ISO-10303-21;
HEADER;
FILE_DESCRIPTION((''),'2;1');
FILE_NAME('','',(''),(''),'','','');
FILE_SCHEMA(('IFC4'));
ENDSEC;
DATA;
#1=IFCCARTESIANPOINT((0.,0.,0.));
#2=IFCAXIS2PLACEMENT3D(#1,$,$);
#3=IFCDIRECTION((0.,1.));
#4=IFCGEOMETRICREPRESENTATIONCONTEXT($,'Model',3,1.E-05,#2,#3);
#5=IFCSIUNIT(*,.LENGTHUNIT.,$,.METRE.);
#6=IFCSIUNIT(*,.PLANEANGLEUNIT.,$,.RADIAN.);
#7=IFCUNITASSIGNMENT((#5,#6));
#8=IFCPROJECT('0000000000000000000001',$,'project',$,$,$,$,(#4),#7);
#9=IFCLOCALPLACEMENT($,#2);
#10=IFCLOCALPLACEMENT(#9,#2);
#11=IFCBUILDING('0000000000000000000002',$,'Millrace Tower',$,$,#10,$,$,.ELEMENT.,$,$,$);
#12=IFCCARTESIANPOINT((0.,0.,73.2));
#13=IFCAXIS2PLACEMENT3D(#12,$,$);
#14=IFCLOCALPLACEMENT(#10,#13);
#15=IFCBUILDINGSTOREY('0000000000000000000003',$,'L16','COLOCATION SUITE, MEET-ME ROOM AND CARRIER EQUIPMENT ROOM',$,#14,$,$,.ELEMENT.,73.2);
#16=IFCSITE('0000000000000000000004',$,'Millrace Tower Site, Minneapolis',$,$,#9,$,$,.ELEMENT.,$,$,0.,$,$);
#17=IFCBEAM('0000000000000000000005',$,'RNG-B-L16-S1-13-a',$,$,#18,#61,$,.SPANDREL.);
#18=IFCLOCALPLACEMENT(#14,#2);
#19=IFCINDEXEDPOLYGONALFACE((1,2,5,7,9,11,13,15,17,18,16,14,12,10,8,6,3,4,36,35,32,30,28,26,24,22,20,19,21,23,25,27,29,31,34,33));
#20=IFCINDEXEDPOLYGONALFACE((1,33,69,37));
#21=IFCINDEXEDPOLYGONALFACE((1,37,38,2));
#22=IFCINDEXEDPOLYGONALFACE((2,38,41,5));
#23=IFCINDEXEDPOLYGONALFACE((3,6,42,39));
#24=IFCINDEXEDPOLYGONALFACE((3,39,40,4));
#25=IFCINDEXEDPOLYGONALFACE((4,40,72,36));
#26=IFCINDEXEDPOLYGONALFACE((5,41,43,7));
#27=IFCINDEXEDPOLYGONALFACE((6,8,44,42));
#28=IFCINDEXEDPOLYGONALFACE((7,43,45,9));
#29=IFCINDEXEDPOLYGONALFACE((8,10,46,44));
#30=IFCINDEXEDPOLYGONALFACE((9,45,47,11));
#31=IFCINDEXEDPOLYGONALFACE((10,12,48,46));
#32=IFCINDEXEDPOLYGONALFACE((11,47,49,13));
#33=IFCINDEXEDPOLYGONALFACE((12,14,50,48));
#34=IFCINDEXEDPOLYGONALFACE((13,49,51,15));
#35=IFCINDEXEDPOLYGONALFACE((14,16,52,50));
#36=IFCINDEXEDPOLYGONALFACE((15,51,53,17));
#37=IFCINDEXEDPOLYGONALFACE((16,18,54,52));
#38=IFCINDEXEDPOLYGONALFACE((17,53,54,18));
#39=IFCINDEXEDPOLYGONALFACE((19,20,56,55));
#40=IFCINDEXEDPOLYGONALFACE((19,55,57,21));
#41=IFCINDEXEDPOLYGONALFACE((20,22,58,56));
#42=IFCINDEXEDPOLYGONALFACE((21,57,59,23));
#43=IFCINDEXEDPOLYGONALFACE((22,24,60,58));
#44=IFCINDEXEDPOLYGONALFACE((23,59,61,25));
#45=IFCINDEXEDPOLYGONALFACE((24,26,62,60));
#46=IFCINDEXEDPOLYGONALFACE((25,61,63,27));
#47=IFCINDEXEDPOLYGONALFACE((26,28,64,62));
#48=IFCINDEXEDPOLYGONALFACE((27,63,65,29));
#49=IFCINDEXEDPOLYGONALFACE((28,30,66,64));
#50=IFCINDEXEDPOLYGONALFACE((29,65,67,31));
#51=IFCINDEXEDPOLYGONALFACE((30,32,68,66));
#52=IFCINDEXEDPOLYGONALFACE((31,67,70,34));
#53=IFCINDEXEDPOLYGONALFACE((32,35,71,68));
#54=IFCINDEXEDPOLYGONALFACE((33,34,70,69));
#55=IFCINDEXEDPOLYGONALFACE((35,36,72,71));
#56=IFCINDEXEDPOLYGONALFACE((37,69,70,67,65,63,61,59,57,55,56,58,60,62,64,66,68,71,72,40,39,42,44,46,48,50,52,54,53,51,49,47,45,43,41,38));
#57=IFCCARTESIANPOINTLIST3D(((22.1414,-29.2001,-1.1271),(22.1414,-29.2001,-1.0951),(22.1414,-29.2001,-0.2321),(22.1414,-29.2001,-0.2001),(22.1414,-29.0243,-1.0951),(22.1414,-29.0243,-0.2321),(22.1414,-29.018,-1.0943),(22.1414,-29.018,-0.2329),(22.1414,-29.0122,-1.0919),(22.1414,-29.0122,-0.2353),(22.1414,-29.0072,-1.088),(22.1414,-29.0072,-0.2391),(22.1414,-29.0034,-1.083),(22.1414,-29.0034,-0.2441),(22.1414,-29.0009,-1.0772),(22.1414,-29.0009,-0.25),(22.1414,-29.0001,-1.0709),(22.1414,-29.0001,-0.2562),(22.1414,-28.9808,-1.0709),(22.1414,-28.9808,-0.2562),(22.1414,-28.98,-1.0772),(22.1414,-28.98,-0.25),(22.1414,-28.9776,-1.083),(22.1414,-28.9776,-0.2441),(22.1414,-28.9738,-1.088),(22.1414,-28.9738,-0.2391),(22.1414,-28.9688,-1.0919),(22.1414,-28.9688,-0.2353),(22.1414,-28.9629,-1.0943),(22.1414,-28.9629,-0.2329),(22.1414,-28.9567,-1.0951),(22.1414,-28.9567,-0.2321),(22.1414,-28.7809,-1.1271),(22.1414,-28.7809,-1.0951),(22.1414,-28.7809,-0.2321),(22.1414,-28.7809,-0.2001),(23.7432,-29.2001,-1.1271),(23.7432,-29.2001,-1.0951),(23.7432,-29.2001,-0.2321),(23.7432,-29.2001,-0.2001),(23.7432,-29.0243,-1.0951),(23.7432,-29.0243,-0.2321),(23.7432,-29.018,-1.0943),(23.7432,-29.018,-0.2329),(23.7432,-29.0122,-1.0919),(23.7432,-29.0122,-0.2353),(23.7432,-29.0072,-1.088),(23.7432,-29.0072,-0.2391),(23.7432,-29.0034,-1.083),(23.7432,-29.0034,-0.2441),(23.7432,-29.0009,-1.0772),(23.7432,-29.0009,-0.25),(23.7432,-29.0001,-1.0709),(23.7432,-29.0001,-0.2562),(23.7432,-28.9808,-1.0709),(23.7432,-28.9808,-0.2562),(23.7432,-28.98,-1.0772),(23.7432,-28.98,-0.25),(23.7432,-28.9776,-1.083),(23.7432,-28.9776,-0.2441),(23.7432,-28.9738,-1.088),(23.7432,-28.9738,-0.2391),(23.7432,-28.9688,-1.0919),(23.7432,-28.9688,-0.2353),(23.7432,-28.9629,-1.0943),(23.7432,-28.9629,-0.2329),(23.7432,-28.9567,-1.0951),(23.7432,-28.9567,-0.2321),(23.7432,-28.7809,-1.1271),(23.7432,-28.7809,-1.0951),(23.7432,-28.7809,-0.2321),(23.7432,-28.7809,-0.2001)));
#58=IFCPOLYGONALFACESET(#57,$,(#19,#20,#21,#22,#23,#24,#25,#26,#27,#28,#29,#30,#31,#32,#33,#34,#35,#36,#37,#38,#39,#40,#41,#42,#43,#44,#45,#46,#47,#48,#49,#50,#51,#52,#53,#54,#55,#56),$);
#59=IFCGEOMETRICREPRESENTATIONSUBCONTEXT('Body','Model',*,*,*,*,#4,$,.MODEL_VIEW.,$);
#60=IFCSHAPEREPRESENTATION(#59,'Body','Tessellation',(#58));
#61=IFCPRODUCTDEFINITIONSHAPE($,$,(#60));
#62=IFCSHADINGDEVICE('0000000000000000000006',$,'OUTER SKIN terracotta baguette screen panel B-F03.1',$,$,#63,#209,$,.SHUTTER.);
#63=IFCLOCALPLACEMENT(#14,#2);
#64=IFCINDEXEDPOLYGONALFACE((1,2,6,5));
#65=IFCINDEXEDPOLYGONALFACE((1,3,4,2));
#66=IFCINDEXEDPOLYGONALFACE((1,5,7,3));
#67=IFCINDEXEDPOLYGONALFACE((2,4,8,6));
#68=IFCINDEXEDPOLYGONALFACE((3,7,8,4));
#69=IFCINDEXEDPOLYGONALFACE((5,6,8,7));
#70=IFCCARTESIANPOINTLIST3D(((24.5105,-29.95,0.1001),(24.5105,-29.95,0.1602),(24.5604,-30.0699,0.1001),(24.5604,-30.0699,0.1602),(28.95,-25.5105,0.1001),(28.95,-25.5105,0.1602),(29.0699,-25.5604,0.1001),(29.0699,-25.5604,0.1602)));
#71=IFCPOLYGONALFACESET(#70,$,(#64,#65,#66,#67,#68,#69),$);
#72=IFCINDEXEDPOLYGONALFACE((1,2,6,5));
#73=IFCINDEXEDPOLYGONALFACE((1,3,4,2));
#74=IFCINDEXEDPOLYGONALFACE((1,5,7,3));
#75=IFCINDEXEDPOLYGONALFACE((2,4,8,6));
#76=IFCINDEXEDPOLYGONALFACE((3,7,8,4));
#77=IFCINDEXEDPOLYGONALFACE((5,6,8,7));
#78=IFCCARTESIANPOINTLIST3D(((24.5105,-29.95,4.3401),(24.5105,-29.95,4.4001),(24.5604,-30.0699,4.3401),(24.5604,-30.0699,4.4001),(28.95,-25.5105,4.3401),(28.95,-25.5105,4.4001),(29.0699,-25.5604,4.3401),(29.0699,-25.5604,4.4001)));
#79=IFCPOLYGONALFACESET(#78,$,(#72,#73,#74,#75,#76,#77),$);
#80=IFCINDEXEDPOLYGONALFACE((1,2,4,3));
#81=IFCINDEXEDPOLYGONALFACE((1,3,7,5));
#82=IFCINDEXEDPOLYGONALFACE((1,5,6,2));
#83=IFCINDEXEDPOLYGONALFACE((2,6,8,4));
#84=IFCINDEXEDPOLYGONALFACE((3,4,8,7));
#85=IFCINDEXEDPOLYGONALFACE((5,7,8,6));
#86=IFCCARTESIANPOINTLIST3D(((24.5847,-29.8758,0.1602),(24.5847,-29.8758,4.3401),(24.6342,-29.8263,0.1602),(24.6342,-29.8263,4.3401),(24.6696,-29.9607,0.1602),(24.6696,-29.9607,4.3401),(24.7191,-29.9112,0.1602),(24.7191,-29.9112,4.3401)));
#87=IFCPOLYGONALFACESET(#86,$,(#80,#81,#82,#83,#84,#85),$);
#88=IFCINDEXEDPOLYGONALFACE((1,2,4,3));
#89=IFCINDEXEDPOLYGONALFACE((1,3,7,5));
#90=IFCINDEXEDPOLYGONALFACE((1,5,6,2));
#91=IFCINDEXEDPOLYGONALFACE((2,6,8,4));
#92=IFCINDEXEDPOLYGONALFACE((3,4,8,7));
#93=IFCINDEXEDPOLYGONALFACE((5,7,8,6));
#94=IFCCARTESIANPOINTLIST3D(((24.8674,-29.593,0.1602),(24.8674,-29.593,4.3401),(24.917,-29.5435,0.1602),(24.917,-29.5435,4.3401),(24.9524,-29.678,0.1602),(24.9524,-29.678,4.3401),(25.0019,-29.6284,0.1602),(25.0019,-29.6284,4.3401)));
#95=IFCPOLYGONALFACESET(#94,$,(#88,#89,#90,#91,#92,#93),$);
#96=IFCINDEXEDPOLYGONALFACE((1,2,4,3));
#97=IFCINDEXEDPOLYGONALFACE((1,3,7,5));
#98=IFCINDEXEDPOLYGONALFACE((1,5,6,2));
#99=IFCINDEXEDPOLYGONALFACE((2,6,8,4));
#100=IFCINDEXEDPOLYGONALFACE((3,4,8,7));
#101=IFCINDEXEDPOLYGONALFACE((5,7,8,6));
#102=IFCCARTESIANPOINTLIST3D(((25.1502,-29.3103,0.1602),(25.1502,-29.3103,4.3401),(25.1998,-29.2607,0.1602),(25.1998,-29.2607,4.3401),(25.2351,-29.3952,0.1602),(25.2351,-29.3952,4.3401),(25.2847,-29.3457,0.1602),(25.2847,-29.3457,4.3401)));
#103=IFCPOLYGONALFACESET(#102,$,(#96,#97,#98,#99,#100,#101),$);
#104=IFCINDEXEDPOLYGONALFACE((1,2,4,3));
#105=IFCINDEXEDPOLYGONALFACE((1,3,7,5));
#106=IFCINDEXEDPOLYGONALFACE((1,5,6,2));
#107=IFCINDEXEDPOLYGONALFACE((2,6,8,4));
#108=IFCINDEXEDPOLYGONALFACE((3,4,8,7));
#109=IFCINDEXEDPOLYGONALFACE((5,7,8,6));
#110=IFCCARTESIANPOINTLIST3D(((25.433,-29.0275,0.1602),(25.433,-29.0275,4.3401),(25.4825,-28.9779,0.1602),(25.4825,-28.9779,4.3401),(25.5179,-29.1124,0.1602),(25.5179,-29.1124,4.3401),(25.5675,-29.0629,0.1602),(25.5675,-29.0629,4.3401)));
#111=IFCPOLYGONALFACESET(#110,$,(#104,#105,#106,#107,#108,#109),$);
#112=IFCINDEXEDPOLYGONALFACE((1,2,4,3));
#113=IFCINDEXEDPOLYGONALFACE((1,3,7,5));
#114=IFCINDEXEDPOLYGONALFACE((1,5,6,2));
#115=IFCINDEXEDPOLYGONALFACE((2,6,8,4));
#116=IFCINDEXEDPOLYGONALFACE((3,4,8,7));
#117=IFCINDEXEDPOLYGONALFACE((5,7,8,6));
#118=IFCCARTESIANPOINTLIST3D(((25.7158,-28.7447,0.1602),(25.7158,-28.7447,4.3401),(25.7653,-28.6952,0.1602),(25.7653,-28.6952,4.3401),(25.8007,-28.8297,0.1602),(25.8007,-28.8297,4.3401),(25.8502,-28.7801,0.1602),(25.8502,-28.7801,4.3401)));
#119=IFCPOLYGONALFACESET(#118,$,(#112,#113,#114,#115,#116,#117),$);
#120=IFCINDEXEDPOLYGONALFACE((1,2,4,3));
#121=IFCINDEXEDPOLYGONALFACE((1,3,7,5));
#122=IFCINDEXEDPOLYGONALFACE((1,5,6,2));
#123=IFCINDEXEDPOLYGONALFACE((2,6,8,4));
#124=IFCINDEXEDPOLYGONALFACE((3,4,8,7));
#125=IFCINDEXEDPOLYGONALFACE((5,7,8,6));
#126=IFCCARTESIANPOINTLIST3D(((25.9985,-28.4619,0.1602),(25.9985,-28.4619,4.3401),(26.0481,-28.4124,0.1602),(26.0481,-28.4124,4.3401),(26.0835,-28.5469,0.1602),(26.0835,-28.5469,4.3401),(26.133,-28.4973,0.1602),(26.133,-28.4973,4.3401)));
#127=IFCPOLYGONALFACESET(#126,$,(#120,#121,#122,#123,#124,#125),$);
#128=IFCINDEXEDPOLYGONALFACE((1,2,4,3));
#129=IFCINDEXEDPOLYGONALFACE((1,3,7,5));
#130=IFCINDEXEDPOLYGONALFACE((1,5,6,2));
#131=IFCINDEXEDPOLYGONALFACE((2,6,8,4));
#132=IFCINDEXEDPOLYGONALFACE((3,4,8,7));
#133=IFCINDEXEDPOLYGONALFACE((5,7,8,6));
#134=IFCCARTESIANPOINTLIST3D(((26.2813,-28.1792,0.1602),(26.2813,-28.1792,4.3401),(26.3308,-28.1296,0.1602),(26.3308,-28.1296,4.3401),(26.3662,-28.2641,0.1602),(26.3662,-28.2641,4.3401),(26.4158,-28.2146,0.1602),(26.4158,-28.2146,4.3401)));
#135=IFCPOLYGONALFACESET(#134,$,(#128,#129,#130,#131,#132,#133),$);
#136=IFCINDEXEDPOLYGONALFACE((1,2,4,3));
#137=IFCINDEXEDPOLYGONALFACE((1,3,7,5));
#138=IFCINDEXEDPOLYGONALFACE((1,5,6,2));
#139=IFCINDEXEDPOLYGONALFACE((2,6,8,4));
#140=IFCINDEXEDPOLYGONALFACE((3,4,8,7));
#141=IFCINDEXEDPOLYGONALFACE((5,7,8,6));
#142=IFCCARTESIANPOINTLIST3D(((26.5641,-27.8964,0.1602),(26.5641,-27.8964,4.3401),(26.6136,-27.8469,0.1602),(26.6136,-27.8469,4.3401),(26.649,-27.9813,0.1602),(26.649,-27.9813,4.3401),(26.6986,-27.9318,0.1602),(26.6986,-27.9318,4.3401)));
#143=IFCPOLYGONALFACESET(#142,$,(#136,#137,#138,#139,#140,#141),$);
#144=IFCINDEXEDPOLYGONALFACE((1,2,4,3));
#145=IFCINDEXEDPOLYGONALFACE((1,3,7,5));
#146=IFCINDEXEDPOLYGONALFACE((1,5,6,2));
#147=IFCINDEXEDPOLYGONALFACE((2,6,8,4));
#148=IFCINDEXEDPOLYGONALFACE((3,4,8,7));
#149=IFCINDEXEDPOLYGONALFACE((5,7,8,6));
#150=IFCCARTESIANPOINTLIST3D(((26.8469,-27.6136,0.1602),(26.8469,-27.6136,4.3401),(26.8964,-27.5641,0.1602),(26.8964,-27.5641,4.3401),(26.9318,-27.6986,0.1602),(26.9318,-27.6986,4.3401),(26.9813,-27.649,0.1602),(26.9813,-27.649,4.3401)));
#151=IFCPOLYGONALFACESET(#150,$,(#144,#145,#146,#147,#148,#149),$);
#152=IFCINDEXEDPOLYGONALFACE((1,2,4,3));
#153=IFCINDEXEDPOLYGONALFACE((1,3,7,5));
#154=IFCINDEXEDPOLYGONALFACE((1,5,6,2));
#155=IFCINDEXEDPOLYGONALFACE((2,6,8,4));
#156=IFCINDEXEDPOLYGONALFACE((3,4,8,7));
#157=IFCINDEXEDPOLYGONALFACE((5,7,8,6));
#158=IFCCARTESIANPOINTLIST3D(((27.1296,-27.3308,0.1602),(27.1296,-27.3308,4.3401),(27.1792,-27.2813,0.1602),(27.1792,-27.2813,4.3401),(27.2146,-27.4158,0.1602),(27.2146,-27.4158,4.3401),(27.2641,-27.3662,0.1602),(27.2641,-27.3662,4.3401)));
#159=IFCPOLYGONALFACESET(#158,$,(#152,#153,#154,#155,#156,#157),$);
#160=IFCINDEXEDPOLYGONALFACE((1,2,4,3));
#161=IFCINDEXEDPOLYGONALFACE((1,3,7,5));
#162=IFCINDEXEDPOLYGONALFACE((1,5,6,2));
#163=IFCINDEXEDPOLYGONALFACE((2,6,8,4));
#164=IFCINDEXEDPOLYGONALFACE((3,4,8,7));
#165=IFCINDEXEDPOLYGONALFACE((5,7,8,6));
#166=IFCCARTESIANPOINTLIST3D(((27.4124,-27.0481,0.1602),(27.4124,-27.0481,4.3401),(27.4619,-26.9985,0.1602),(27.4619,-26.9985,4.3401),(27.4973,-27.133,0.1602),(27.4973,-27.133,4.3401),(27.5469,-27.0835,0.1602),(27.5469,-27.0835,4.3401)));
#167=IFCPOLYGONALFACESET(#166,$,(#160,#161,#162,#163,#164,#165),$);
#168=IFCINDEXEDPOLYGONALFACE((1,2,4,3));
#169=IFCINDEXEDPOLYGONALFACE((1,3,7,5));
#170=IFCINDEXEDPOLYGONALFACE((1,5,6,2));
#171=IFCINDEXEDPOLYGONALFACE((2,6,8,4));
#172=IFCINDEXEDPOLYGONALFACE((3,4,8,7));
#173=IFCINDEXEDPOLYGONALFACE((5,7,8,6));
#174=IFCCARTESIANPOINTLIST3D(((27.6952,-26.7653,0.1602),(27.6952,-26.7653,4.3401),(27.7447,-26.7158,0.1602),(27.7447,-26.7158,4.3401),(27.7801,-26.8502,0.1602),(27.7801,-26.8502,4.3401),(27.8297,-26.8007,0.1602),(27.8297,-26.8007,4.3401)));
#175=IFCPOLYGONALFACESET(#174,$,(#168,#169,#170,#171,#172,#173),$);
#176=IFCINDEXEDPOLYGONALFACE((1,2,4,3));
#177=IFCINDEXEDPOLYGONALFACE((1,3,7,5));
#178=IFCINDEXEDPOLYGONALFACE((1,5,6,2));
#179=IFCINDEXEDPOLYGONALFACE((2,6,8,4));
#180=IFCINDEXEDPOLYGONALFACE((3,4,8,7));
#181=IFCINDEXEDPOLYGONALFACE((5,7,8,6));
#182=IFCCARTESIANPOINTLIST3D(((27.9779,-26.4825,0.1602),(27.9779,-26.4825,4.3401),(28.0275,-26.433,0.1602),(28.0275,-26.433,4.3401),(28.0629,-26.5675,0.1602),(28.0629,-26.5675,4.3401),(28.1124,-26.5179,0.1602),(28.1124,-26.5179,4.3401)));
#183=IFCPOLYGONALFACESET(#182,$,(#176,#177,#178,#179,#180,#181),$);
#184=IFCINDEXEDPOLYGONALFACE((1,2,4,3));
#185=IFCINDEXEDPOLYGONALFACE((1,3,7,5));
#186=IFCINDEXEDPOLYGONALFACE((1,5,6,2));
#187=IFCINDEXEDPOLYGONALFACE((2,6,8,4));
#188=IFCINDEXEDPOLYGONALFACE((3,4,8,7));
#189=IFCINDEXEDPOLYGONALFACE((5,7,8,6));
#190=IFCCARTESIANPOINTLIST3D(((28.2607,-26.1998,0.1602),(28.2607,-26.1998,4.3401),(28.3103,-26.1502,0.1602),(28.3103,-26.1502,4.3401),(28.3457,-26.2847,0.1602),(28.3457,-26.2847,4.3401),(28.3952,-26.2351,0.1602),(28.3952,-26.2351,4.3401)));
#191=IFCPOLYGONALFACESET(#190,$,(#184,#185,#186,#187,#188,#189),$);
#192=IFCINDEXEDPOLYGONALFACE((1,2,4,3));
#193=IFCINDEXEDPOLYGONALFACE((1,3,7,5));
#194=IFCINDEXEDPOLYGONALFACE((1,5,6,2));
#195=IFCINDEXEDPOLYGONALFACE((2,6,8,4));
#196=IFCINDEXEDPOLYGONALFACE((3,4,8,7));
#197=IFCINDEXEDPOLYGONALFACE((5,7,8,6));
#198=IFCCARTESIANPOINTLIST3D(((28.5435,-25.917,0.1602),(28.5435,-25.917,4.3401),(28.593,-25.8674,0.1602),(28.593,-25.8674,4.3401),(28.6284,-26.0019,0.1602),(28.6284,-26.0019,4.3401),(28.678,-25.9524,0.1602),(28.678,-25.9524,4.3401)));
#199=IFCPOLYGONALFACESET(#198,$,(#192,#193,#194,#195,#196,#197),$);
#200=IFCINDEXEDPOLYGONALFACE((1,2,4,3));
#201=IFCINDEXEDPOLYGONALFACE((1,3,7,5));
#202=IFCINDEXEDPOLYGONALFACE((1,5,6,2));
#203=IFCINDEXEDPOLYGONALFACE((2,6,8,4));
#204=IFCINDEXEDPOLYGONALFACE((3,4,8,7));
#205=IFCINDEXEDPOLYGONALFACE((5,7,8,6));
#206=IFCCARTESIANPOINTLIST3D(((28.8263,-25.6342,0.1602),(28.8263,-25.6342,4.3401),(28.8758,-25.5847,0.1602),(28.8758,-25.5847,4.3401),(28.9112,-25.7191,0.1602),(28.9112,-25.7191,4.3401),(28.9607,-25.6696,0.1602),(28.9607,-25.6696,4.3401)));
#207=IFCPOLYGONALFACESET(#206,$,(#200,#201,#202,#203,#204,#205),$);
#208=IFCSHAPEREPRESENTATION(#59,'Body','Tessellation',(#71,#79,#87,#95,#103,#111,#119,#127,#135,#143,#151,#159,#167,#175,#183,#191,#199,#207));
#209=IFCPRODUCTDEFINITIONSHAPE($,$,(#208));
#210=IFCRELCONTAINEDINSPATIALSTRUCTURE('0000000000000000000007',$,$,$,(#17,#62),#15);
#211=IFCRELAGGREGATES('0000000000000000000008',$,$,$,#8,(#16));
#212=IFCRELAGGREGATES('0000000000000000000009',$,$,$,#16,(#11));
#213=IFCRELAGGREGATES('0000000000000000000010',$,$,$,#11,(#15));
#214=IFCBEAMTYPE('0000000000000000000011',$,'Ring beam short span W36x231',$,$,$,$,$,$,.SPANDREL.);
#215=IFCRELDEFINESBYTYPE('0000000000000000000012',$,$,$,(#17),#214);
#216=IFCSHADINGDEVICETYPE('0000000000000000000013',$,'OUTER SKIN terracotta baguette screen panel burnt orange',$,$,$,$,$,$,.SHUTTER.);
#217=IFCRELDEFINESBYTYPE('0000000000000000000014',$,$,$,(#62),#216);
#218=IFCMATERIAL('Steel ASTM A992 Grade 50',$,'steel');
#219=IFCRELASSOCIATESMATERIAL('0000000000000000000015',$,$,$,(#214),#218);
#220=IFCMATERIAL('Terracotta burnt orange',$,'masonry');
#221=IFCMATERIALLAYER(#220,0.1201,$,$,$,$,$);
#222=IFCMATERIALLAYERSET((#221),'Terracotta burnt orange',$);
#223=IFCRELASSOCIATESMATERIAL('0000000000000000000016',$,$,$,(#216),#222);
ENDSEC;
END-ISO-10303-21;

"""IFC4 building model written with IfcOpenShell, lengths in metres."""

from ifc_helpers import new_model, entity, si_unit, direction, frame, frame_2d, origin, origin_2d, place, context, subcontext, project, spatial, rectangle, i_section, extrude, source, transform, mapped, material, layer, layer_set, material_profile, profile_set, type_object, element, save


model = new_model("IFC4")

# Units and contexts
model_context = context("Model", 3, precision=1e-05, world=origin(), true_north=direction((0.0, 1.0)))
body_context = subcontext(model_context, "Body", "Model", "MODEL_VIEW")
ifc_project = project(units=[si_unit("LENGTHUNIT", "METRE"), si_unit("PLANEANGLEUNIT", "RADIAN")], contexts=[model_context])

# Site, building, storey
site_placement = place(None, origin())
site = spatial("IfcSite", under=ifc_project, at=site_placement, Name="Millrace Tower Site, Minneapolis", CompositionType="ELEMENT", RefElevation=0.0)
building_placement = place(site_placement, origin())
building = spatial("IfcBuilding", under=site, at=building_placement, Name="Millrace Tower", CompositionType="ELEMENT")
storey_placement = place(building_placement, frame((0.0, 0.0, 73.2)))
storey = spatial("IfcBuildingStorey", under=building, at=storey_placement, Name="L16", Description="COLOCATION SUITE, MEET-ME ROOM AND CARRIER EQUIPMENT ROOM", CompositionType="ELEMENT", Elevation=73.2)

# Beam
ifc_material_1 = material(Name="Steel ASTM A992 Grade 50", Category="steel")
ifc_material_profile_1 = material_profile(ifc_material_1, i_section(OverallWidth=0.4192, OverallDepth=0.927, WebThickness=0.0193, FlangeThickness=0.032, FilletRadius=0.0242, at=origin_2d()))
ifc_profile_set_1 = profile_set([ifc_material_profile_1], Name="Steel ASTM A992 Grade 50")
beam_type_1 = type_object("IfcBeamType", Name="Ring beam short span W36x231", PredefinedType="SPANDREL", material=ifc_profile_set_1)
beam_1_placement = place(storey_placement, frame((23.7432, -28.9905, -0.6636), z_axis=(-1.0, 0.0, 0.0), x_axis=(0.0, -1.0, 0.0)))
element("IfcBeam", 1, at=beam_1_placement, inside=storey, type_object=beam_type_1, Name="RNG-B-L16-S1-13-a", PredefinedType="SPANDREL", context=body_context, shape_type="SweptSolid", body=[
    extrude(i_section(OverallWidth=0.4192, OverallDepth=0.927, WebThickness=0.0193, FlangeThickness=0.032, FilletRadius=0.0242, at=origin_2d()), origin(), (0.0, 0.0, 1.0), 1.6018),
])

# Shading device
ifc_material_2 = material(Name="Terracotta burnt orange", Category="masonry")
ifc_layer_1 = layer(ifc_material_2, 0.1201)
ifc_layer_set_1 = layer_set([ifc_layer_1], Name="Terracotta burnt orange")
shading_device_type = type_object("IfcShadingDeviceType", Name="OUTER SKIN terracotta baguette screen panel burnt orange", PredefinedType="SHUTTER", material=ifc_layer_set_1)
cartesian_point_1 = entity("IfcCartesianPoint", [-3.1392, 0.0601])
shared_polyline_1 = entity("IfcPolyline", [cartesian_point_1, entity("IfcCartesianPoint", [3.1392, 0.0601]), entity("IfcCartesianPoint", [3.1887, -0.0601]), entity("IfcCartesianPoint", [-3.1887, -0.0601]), cartesian_point_1])
shared_shape_1 = source(origin(), body_context, "Body", "SweptSolid", [
    entity("IfcExtrudedAreaSolid", entity("IfcArbitraryClosedProfileDef", "AREA", None, shared_polyline_1), entity("IfcAxis2Placement3D", entity("IfcCartesianPoint", [0.0, 0.0, 0.0])), entity("IfcDirection", [0.0, 0.0, 1.0]), 0.0601),
    entity("IfcExtrudedAreaSolid", entity("IfcArbitraryClosedProfileDef", "AREA", None, shared_polyline_1), entity("IfcAxis2Placement3D", entity("IfcCartesianPoint", [0.0, 0.0, 4.24])), entity("IfcDirection", [0.0, 0.0, 1.0]), 0.0601),
    extrude(rectangle(XDim=0.0701, YDim=0.1201, at=frame_2d((-2.9993, 0.0))), frame((0.0, 0.0, 0.0601)), (0.0, 0.0, 1.0), 4.1799),
    extrude(rectangle(XDim=0.0701, YDim=0.1201, at=frame_2d((-2.5994, 0.0))), frame((0.0, 0.0, 0.0601)), (0.0, 0.0, 1.0), 4.1799),
    extrude(rectangle(XDim=0.0701, YDim=0.1201, at=frame_2d((-2.1995, 0.0))), frame((0.0, 0.0, 0.0601)), (0.0, 0.0, 1.0), 4.1799),
    extrude(rectangle(XDim=0.0701, YDim=0.1201, at=frame_2d((-1.7996, 0.0))), frame((0.0, 0.0, 0.0601)), (0.0, 0.0, 1.0), 4.1799),
    extrude(rectangle(XDim=0.0701, YDim=0.1201, at=frame_2d((-1.3997, 0.0))), frame((0.0, 0.0, 0.0601)), (0.0, 0.0, 1.0), 4.1799),
    extrude(rectangle(XDim=0.0701, YDim=0.1201, at=frame_2d((-0.9998, 0.0))), frame((0.0, 0.0, 0.0601)), (0.0, 0.0, 1.0), 4.1799),
    extrude(rectangle(XDim=0.0701, YDim=0.1201, at=frame_2d((-0.5999, 0.0))), frame((0.0, 0.0, 0.0601)), (0.0, 0.0, 1.0), 4.1799),
    extrude(rectangle(XDim=0.0701, YDim=0.1201, at=frame_2d((-0.2, 0.0))), frame((0.0, 0.0, 0.0601)), (0.0, 0.0, 1.0), 4.1799),
    extrude(rectangle(XDim=0.0701, YDim=0.1201, at=frame_2d((0.2, 0.0))), frame((0.0, 0.0, 0.0601)), (0.0, 0.0, 1.0), 4.1799),
    extrude(rectangle(XDim=0.0701, YDim=0.1201, at=frame_2d((0.5999, 0.0))), frame((0.0, 0.0, 0.0601)), (0.0, 0.0, 1.0), 4.1799),
    extrude(rectangle(XDim=0.0701, YDim=0.1201, at=frame_2d((0.9998, 0.0))), frame((0.0, 0.0, 0.0601)), (0.0, 0.0, 1.0), 4.1799),
    extrude(rectangle(XDim=0.0701, YDim=0.1201, at=frame_2d((1.3997, 0.0))), frame((0.0, 0.0, 0.0601)), (0.0, 0.0, 1.0), 4.1799),
    extrude(rectangle(XDim=0.0701, YDim=0.1201, at=frame_2d((1.7996, 0.0))), frame((0.0, 0.0, 0.0601)), (0.0, 0.0, 1.0), 4.1799),
    extrude(rectangle(XDim=0.0701, YDim=0.1201, at=frame_2d((2.1995, 0.0))), frame((0.0, 0.0, 0.0601)), (0.0, 0.0, 1.0), 4.1799),
    extrude(rectangle(XDim=0.0701, YDim=0.1201, at=frame_2d((2.5994, 0.0))), frame((0.0, 0.0, 0.0601)), (0.0, 0.0, 1.0), 4.1799),
    extrude(rectangle(XDim=0.0701, YDim=0.1201, at=frame_2d((2.9993, 0.0))), frame((0.0, 0.0, 0.0601)), (0.0, 0.0, 1.0), 4.1799),
])
shading_device_1_placement = place(storey_placement, frame((26.7727, -27.7727, 0.1001), z_axis=(0.0, 0.0, 1.0), x_axis=(0.707107, 0.707107, 0.0)))
element("IfcShadingDevice", 2, at=shading_device_1_placement, inside=storey, type_object=shading_device_type, Name="OUTER SKIN terracotta baguette screen panel B-F03.1", PredefinedType="SHUTTER", context=body_context, shape_type="MappedRepresentation", body=[
    mapped(shared_shape_1, transform((0.0, 0.0, 0.0), scale=1.0)),
])

save(model, "model.ifc")
